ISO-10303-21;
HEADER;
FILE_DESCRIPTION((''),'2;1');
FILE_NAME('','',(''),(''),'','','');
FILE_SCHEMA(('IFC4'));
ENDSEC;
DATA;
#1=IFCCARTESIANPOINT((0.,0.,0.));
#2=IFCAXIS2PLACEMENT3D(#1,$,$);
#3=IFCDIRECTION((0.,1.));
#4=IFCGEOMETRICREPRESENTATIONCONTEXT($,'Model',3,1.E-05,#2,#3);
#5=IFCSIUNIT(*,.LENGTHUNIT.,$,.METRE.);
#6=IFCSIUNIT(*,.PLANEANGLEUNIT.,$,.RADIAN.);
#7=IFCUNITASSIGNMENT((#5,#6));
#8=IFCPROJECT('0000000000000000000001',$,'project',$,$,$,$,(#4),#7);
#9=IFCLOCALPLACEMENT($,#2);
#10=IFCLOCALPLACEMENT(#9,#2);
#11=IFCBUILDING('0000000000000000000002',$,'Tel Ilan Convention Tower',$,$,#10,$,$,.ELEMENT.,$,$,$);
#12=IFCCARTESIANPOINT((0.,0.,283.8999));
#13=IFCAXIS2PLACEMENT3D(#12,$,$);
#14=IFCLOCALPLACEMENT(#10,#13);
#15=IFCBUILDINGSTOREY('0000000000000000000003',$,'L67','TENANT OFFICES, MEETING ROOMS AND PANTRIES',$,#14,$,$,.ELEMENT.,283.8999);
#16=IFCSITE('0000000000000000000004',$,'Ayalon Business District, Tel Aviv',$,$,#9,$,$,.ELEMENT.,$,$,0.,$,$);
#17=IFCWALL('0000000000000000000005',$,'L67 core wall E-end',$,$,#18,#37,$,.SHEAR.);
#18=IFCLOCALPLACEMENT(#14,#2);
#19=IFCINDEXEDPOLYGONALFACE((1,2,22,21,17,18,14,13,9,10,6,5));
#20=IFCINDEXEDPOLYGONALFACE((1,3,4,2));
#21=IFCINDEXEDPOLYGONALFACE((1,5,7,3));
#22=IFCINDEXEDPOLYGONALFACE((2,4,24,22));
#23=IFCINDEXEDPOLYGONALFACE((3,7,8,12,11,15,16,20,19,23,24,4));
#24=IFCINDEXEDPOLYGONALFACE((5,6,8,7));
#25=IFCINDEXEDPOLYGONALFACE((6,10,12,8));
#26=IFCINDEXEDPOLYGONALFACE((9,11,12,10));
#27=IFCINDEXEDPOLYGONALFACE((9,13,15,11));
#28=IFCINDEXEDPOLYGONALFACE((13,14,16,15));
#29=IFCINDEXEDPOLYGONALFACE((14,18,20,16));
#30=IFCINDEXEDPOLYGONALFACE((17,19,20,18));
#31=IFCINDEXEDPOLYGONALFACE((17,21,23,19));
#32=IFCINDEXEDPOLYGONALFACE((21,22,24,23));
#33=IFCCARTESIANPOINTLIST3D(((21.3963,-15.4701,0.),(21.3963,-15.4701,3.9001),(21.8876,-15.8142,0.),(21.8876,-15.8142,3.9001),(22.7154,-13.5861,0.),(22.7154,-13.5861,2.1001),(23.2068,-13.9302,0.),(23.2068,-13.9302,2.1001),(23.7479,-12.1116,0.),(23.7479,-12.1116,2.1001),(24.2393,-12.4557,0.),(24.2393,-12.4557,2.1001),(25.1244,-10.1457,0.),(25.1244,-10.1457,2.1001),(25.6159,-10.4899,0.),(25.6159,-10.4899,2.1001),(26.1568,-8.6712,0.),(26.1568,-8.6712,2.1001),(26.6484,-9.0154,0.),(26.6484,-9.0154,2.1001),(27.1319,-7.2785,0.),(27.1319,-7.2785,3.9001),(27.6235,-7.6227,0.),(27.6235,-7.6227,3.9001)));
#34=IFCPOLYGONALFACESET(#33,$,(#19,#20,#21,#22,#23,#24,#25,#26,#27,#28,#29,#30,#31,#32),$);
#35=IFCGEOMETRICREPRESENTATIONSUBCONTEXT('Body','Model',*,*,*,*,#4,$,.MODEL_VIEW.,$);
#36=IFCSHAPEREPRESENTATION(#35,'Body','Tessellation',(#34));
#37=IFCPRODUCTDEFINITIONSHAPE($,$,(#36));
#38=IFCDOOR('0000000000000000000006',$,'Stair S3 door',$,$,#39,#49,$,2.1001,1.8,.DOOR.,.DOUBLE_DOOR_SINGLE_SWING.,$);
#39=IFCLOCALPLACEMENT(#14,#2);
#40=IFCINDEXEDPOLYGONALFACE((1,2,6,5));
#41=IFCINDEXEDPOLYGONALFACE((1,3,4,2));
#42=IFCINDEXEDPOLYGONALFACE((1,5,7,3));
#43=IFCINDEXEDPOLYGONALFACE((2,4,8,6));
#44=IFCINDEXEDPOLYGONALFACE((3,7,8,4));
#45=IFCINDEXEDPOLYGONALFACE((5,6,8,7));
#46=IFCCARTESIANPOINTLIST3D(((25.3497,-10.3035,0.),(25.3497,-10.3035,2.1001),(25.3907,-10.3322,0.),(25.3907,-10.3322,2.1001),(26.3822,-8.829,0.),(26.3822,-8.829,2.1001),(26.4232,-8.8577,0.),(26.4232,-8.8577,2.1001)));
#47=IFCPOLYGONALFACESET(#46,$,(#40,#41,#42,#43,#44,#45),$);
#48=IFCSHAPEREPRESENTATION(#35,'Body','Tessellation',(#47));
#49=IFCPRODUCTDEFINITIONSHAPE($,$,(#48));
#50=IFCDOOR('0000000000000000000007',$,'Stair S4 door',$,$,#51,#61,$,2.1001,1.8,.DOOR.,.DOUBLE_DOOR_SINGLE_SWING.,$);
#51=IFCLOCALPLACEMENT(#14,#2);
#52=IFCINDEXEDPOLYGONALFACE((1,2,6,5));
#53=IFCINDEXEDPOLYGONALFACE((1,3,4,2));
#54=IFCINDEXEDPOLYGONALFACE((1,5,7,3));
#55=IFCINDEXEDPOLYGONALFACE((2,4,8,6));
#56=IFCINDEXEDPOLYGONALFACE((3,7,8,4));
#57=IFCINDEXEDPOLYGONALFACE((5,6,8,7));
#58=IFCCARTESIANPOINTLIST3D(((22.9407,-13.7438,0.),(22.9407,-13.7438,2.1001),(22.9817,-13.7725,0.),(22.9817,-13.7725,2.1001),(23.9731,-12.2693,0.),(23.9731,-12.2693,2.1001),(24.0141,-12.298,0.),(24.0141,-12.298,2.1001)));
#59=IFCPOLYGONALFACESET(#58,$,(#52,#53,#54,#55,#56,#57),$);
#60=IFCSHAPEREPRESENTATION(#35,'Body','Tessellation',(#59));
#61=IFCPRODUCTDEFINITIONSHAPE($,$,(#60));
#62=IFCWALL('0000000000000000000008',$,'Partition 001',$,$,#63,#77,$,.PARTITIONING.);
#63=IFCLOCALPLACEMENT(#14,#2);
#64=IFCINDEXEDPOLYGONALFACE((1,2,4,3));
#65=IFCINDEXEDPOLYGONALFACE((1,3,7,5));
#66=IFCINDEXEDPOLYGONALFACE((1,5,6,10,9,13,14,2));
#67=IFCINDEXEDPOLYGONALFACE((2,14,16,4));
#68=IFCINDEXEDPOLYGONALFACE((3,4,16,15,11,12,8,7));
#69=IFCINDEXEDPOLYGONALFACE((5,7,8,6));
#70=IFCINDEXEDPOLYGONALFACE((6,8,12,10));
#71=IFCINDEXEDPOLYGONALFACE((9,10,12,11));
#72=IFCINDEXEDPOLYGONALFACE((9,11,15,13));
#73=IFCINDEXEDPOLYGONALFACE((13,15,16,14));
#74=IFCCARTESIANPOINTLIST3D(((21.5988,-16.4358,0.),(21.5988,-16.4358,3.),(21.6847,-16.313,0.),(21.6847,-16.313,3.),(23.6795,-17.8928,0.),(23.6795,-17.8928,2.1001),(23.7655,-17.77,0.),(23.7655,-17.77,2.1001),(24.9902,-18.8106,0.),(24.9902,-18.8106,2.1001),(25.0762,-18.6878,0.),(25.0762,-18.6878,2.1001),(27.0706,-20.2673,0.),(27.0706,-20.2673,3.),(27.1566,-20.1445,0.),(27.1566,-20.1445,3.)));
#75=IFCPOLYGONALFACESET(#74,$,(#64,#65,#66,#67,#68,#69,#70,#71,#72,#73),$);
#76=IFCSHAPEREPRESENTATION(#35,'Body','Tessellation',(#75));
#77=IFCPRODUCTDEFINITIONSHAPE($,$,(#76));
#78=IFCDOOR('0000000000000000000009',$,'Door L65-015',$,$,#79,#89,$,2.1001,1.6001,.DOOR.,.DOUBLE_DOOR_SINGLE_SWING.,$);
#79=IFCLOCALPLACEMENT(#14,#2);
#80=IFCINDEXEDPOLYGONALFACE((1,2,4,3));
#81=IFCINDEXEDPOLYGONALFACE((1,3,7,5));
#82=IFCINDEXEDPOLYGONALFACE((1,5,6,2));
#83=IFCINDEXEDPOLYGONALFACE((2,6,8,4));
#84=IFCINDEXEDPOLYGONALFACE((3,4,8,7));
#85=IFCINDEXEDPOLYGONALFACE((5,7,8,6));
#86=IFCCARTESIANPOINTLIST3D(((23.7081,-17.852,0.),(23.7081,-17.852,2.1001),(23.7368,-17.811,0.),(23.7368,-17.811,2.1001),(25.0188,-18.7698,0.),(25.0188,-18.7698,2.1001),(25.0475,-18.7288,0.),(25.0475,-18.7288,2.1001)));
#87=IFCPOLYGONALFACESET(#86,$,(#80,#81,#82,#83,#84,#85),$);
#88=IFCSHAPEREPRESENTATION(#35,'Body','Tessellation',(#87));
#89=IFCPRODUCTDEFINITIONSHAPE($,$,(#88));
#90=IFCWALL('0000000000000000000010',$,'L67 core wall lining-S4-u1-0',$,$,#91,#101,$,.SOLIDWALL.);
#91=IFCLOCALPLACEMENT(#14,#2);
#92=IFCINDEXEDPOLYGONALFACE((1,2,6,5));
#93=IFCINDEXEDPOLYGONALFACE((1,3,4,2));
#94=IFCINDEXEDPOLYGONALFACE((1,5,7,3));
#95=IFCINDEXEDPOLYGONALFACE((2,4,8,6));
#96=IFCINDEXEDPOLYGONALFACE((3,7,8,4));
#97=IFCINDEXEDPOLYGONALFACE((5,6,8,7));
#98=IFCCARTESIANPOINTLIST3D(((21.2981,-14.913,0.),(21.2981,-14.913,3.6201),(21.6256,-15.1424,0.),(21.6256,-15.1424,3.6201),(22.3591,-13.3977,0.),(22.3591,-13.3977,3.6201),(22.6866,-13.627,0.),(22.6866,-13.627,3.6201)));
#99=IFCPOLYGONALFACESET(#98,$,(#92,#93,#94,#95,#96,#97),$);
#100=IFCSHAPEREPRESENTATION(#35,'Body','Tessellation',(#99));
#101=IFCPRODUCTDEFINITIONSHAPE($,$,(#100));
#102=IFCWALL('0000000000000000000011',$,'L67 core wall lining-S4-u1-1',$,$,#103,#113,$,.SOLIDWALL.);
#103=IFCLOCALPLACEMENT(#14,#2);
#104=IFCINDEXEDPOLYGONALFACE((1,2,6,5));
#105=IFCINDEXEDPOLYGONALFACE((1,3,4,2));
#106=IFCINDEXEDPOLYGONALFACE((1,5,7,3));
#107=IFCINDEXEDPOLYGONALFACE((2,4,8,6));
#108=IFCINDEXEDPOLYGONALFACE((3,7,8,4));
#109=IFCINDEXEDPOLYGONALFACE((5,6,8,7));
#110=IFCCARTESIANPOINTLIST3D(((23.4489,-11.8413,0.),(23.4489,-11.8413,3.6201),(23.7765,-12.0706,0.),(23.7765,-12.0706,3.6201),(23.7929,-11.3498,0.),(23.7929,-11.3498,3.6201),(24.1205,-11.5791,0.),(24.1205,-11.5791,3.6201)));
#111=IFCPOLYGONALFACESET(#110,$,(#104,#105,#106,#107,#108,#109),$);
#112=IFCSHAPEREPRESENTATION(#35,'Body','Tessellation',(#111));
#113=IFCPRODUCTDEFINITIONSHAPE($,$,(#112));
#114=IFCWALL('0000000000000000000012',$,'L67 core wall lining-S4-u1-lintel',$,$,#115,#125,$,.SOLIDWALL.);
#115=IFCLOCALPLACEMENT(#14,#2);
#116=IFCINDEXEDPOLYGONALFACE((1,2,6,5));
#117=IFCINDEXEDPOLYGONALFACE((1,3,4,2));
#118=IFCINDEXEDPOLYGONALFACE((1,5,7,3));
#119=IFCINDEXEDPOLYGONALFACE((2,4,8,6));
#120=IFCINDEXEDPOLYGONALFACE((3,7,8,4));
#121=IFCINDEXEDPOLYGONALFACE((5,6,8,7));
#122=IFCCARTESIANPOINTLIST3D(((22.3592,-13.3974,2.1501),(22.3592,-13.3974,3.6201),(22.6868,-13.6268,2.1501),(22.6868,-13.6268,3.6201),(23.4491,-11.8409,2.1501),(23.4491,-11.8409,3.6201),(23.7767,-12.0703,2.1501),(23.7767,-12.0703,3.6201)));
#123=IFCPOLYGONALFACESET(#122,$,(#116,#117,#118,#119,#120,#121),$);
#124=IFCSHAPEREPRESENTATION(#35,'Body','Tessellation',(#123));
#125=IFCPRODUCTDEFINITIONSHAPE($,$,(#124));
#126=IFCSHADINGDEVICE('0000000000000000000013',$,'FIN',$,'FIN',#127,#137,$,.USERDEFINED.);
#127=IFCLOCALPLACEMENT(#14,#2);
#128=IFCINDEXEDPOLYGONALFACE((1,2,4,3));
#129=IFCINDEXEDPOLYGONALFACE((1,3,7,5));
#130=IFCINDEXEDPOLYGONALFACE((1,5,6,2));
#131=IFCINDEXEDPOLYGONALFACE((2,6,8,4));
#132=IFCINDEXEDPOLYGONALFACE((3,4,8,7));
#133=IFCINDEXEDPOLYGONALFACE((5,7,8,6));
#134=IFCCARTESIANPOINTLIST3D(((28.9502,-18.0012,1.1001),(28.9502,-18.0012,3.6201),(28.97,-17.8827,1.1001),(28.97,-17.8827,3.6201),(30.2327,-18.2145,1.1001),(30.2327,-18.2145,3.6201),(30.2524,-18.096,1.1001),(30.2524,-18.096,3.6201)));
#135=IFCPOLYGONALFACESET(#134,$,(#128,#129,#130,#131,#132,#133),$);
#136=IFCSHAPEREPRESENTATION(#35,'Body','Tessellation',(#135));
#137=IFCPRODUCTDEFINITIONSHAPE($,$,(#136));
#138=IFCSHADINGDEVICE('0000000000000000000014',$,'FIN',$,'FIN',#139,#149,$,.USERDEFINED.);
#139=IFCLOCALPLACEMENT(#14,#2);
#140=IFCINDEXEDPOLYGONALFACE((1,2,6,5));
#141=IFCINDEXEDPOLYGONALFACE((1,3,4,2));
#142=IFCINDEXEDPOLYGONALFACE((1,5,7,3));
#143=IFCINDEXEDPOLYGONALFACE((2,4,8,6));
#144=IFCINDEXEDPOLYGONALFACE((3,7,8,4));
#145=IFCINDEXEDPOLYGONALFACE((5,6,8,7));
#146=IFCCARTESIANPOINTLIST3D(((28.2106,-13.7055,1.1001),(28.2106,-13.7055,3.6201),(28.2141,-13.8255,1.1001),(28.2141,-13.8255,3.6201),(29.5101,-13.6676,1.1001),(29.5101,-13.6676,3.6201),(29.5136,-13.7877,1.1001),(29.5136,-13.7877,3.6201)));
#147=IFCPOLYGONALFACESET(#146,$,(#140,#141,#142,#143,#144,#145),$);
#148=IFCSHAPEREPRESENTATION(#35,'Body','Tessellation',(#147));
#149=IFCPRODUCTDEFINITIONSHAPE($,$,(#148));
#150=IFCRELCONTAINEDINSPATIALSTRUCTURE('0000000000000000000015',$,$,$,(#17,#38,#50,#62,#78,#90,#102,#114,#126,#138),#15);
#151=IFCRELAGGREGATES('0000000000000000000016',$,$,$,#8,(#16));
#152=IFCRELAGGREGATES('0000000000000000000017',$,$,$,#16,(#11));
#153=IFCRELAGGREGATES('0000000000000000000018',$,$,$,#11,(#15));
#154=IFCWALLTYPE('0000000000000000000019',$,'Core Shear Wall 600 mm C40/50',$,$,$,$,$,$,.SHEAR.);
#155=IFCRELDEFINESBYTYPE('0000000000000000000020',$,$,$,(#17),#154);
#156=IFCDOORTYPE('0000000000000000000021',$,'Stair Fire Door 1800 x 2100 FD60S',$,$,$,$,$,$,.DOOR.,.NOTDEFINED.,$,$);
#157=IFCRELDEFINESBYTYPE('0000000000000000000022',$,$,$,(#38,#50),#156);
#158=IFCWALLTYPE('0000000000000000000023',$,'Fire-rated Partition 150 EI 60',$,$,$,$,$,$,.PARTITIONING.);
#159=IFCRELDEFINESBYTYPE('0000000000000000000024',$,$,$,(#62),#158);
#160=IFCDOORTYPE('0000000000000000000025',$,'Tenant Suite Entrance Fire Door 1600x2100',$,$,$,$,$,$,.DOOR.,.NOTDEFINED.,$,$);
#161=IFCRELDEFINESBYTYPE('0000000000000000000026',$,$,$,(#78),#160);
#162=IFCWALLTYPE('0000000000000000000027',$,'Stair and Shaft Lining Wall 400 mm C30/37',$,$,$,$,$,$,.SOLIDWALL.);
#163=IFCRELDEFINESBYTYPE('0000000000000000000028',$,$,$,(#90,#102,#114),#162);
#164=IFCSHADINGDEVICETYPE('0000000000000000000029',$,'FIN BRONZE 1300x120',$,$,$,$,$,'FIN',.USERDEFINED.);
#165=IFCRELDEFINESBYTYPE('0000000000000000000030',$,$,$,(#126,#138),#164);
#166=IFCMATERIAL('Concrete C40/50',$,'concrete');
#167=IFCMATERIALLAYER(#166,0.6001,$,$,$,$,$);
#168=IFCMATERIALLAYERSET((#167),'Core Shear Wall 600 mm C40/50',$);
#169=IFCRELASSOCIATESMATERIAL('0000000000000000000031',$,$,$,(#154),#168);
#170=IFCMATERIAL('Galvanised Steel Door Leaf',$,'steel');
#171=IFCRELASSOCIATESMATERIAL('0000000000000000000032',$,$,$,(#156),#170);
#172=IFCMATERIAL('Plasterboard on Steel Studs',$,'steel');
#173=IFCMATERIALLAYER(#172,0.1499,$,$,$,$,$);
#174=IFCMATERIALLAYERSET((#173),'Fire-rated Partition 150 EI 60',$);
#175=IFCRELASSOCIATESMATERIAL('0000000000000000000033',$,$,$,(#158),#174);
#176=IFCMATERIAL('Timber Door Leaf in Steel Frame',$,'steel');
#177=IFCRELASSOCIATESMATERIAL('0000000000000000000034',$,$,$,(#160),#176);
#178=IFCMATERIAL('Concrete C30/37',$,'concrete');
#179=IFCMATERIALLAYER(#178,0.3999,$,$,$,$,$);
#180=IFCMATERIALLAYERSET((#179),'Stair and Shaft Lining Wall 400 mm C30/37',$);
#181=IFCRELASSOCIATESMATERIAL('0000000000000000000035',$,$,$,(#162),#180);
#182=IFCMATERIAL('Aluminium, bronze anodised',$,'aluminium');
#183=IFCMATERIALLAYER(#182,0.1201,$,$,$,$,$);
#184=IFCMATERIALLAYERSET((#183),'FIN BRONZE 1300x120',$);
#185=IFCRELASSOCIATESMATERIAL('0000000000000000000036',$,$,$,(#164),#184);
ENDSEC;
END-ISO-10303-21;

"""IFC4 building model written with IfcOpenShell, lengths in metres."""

from ifc_helpers import new_model, si_unit, direction, frame, frame_2d, origin, origin_2d, place, context, subcontext, project, spatial, polyline, rectangle, outline, extrude, material, layer, layer_set, type_object, element, fill, save


model = new_model("IFC4")

# Units and contexts
model_context = context("Model", 3, precision=1e-05, world=origin(), true_north=direction((0.0, 1.0)))
body_context = subcontext(model_context, "Body", "Model", "MODEL_VIEW")
ifc_project = project(units=[si_unit("LENGTHUNIT", "METRE"), si_unit("PLANEANGLEUNIT", "RADIAN")], contexts=[model_context])

# Site, building, storey
site_placement = place(None, origin())
site = spatial("IfcSite", under=ifc_project, at=site_placement, Name="Ayalon Business District, Tel Aviv", CompositionType="ELEMENT", RefElevation=0.0)
building_placement = place(site_placement, origin())
building = spatial("IfcBuilding", under=site, at=building_placement, Name="Tel Ilan Convention Tower", CompositionType="ELEMENT")
storey_placement = place(building_placement, frame((0.0, 0.0, 283.8999)))
storey = spatial("IfcBuildingStorey", under=building, at=storey_placement, Name="L67", Description="TENANT OFFICES, MEETING ROOMS AND PANTRIES", CompositionType="ELEMENT", Elevation=283.8999)

# Wall, openings, doors
ifc_material_1 = material(Name="Concrete C40/50", Category="concrete")
ifc_layer_1 = layer(ifc_material_1, 0.6001)
ifc_layer_set_1 = layer_set([ifc_layer_1], Name="Core Shear Wall 600 mm C40/50")
wall_type_1 = type_object("IfcWallType", Name="Core Shear Wall 600 mm C40/50", PredefinedType="SHEAR", material=ifc_layer_set_1)
wall_1_placement = place(storey_placement, frame((21.6418, -15.6421, 0.0), z_axis=(0.0, 0.0, 1.0), x_axis=(0.573587, 0.819145, 0.0)))
wall_1 = element("IfcWall", 1, at=wall_1_placement, inside=storey, type_object=wall_type_1, Name="L67 core wall E-end", PredefinedType="SHEAR", context=body_context, shape_type="SweptSolid", body=[
    extrude(outline(polyline([(10.0, 0.3), (0.0, 0.2998), (0.0, -0.3), (10.0, -0.3), (10.0, 0.3)])), origin(), (0.0, 0.0, 1.0), 3.9001),
])
opening_1_placement = place(wall_1_placement, frame((6.5, 0.0, 0.0)))
opening_1 = element("IfcOpeningElement", 2, at=opening_1_placement, cuts=wall_1, PredefinedType="OPENING", context=body_context, shape_type="SweptSolid", body=[
    extrude(rectangle(XDim=1.8, YDim=2.1001, at=frame_2d((0.8999, 1.05))), frame((0.0, 0.3101, 0.0), z_axis=(0.0, -1.0, 0.0), x_axis=(1.0, 0.0, 0.0)), (0.0, 0.0, 1.0), 0.6201),
])
opening_2_placement = place(wall_1_placement, frame((2.3, 0.0, 0.0)))
opening_2 = element("IfcOpeningElement", 3, at=opening_2_placement, cuts=wall_1, PredefinedType="OPENING", context=body_context, shape_type="SweptSolid", body=[
    extrude(rectangle(XDim=1.8, YDim=2.1001, at=frame_2d((0.8999, 1.05))), frame((0.0, 0.3101, 0.0), z_axis=(0.0, -1.0, 0.0), x_axis=(1.0, 0.0, 0.0)), (0.0, 0.0, 1.0), 0.6201),
])
ifc_material_2 = material(Name="Galvanised Steel Door Leaf", Category="steel")
door_type_1 = type_object("IfcDoorType", Name="Stair Fire Door 1800 x 2100 FD60S", OperationType="NOTDEFINED", PredefinedType="DOOR", material=ifc_material_2)
door_1_placement = place(opening_1_placement, origin())
door_1 = element("IfcDoor", 4, at=door_1_placement, inside=storey, type_object=door_type_1, Name="Stair S3 door", OperationType="DOUBLE_DOOR_SINGLE_SWING", OverallHeight=2.1001, OverallWidth=1.8, PredefinedType="DOOR", context=body_context, shape_type="SweptSolid", body=[
    extrude(rectangle(XDim=1.8, YDim=2.1001, at=frame_2d((0.8999, 1.05))), frame((0.0, 0.0249, 0.0), z_axis=(0.0, -1.0, 0.0), x_axis=(1.0, 0.0, 0.0)), (0.0, 0.0, 1.0), 0.05),
])
fill(opening_1, door_1)
door_2_placement = place(opening_2_placement, origin())
door_2 = element("IfcDoor", 5, at=door_2_placement, inside=storey, type_object=door_type_1, Name="Stair S4 door", OperationType="DOUBLE_DOOR_SINGLE_SWING", OverallHeight=2.1001, OverallWidth=1.8, PredefinedType="DOOR", context=body_context, shape_type="SweptSolid", body=[
    extrude(rectangle(XDim=1.8, YDim=2.1001, at=frame_2d((0.8999, 1.05))), frame((0.0, 0.0249, 0.0), z_axis=(0.0, -1.0, 0.0), x_axis=(1.0, 0.0, 0.0)), (0.0, 0.0, 1.0), 0.05),
])
fill(opening_2, door_2)

# Wall, opening, door
ifc_material_3 = material(Name="Plasterboard on Steel Studs", Category="steel")
ifc_layer_2 = layer(ifc_material_3, 0.1499)
ifc_layer_set_2 = layer_set([ifc_layer_2], Name="Fire-rated Partition 150 EI 60")
wall_type_2 = type_object("IfcWallType", Name="Fire-rated Partition 150 EI 60", PredefinedType="PARTITIONING", material=ifc_layer_set_2)
wall_2_placement = place(storey_placement, frame((21.6418, -16.3745, 0.0), z_axis=(0.0, 0.0, 1.0), x_axis=(0.819148, -0.573583, 0.0)))
wall_2 = element("IfcWall", 6, at=wall_2_placement, inside=storey, type_object=wall_type_2, Name="Partition 001", PredefinedType="PARTITIONING", context=body_context, shape_type="SweptSolid", body=[
    extrude(rectangle(XDim=6.6799, YDim=0.1499, at=frame_2d((3.3398, 0.0))), origin(), (0.0, 0.0, 1.0), 3.0),
])
opening_3_placement = place(wall_2_placement, frame((2.54, 0.0, 0.0)))
opening_3 = element("IfcOpeningElement", 7, at=opening_3_placement, cuts=wall_2, PredefinedType="OPENING", context=body_context, shape_type="SweptSolid", body=[
    extrude(rectangle(XDim=1.6001, YDim=2.1001, at=frame_2d((0.8, 1.05))), frame((0.0, 0.085, 0.0), z_axis=(0.0, -1.0, 0.0), x_axis=(1.0, 0.0, 0.0)), (0.0, 0.0, 1.0), 0.1699),
])
ifc_material_4 = material(Name="Timber Door Leaf in Steel Frame", Category="steel")
door_type_2 = type_object("IfcDoorType", Name="Tenant Suite Entrance Fire Door 1600x2100", OperationType="NOTDEFINED", PredefinedType="DOOR", material=ifc_material_4)
door_3_placement = place(opening_3_placement, origin())
door_3 = element("IfcDoor", 8, at=door_3_placement, inside=storey, type_object=door_type_2, Name="Door L65-015", OperationType="DOUBLE_DOOR_SINGLE_SWING", OverallHeight=2.1001, OverallWidth=1.6001, PredefinedType="DOOR", context=body_context, shape_type="SweptSolid", body=[
    extrude(rectangle(XDim=1.6001, YDim=2.1001, at=frame_2d((0.8, 1.05))), frame((0.0, 0.0249, 0.0), z_axis=(0.0, -1.0, 0.0), x_axis=(1.0, 0.0, 0.0)), (0.0, 0.0, 1.0), 0.05),
])
fill(opening_3, door_3)

# Walls
ifc_material_5 = material(Name="Concrete C30/37", Category="concrete")
ifc_layer_3 = layer(ifc_material_5, 0.3999)
ifc_layer_set_3 = layer_set([ifc_layer_3], Name="Stair and Shaft Lining Wall 400 mm C30/37")
wall_type_3 = type_object("IfcWallType", Name="Stair and Shaft Lining Wall 400 mm C30/37", PredefinedType="SOLIDWALL", material=ifc_layer_set_3)
wall_3_placement = place(storey_placement, frame((21.4619, -15.0276, 0.0), z_axis=(0.0, 0.0, 1.0), x_axis=(0.57356, 0.819164, 0.0)))
element("IfcWall", 9, at=wall_3_placement, inside=storey, type_object=wall_type_3, Name="L67 core wall lining-S4-u1-0", PredefinedType="SOLIDWALL", context=body_context, shape_type="SweptSolid", body=[
    extrude(rectangle(XDim=1.8499, YDim=0.3999, at=frame_2d((0.9248, 0.0))), origin(), (0.0, 0.0, 1.0), 3.6201),
])
wall_4_placement = place(storey_placement, frame((23.6128, -11.9558, 0.0), z_axis=(0.0, 0.0, 1.0), x_axis=(0.573435, 0.819251, 0.0)))
element("IfcWall", 10, at=wall_4_placement, inside=storey, type_object=wall_type_3, Name="L67 core wall lining-S4-u1-1", PredefinedType="SOLIDWALL", context=body_context, shape_type="SweptSolid", body=[
    extrude(rectangle(XDim=0.5999, YDim=0.3999, at=frame_2d((0.2998, 0.0))), origin(), (0.0, 0.0, 1.0), 3.6201),
])
wall_5_placement = place(storey_placement, frame((22.5229, -13.5122, 2.1501), z_axis=(0.0, 0.0, 1.0), x_axis=(0.573592, 0.819141, 0.0)))
element("IfcWall", 11, at=wall_5_placement, inside=storey, type_object=wall_type_3, Name="L67 core wall lining-S4-u1-lintel", PredefinedType="SOLIDWALL", context=body_context, shape_type="SweptSolid", body=[
    extrude(rectangle(XDim=1.9001, YDim=0.3999, at=frame_2d((0.9502, 0.0))), origin(), (0.0, 0.0, 1.0), 1.47),
])

# Shading devices
ifc_material_6 = material(Name="Aluminium, bronze anodised", Category="aluminium")
ifc_layer_4 = layer(ifc_material_6, 0.1201)
ifc_layer_set_4 = layer_set([ifc_layer_4], Name="FIN BRONZE 1300x120")
shading_device_type = type_object("IfcShadingDeviceType", Name="FIN BRONZE 1300x120", ElementType="FIN", PredefinedType="USERDEFINED", material=ifc_layer_set_4)
for number, where, z_axis, x_axis, name in (
    (12, (29.6013, -18.0486, 1.1001), (0.0, 0.0, 1.0), (0.986445, -0.164091, 0.0), "FIN"),
    (13, (28.8621, -13.7466, 1.1001), (0.0, 0.0, 1.0), (0.999577, 0.029085, 0.0), "FIN"),
):
    element("IfcShadingDevice", number, at=place(storey_placement, frame(where, z_axis=z_axis, x_axis=x_axis)), inside=storey, type_object=shading_device_type, Name=name, ObjectType="FIN", PredefinedType="USERDEFINED", context=body_context, shape_type="SweptSolid", body=[
        extrude(rectangle(XDim=1.3, YDim=0.1201, at=origin_2d()), origin(), (0.0, 0.0, 1.0), 2.52),
    ])

save(model, "model.ifc")
